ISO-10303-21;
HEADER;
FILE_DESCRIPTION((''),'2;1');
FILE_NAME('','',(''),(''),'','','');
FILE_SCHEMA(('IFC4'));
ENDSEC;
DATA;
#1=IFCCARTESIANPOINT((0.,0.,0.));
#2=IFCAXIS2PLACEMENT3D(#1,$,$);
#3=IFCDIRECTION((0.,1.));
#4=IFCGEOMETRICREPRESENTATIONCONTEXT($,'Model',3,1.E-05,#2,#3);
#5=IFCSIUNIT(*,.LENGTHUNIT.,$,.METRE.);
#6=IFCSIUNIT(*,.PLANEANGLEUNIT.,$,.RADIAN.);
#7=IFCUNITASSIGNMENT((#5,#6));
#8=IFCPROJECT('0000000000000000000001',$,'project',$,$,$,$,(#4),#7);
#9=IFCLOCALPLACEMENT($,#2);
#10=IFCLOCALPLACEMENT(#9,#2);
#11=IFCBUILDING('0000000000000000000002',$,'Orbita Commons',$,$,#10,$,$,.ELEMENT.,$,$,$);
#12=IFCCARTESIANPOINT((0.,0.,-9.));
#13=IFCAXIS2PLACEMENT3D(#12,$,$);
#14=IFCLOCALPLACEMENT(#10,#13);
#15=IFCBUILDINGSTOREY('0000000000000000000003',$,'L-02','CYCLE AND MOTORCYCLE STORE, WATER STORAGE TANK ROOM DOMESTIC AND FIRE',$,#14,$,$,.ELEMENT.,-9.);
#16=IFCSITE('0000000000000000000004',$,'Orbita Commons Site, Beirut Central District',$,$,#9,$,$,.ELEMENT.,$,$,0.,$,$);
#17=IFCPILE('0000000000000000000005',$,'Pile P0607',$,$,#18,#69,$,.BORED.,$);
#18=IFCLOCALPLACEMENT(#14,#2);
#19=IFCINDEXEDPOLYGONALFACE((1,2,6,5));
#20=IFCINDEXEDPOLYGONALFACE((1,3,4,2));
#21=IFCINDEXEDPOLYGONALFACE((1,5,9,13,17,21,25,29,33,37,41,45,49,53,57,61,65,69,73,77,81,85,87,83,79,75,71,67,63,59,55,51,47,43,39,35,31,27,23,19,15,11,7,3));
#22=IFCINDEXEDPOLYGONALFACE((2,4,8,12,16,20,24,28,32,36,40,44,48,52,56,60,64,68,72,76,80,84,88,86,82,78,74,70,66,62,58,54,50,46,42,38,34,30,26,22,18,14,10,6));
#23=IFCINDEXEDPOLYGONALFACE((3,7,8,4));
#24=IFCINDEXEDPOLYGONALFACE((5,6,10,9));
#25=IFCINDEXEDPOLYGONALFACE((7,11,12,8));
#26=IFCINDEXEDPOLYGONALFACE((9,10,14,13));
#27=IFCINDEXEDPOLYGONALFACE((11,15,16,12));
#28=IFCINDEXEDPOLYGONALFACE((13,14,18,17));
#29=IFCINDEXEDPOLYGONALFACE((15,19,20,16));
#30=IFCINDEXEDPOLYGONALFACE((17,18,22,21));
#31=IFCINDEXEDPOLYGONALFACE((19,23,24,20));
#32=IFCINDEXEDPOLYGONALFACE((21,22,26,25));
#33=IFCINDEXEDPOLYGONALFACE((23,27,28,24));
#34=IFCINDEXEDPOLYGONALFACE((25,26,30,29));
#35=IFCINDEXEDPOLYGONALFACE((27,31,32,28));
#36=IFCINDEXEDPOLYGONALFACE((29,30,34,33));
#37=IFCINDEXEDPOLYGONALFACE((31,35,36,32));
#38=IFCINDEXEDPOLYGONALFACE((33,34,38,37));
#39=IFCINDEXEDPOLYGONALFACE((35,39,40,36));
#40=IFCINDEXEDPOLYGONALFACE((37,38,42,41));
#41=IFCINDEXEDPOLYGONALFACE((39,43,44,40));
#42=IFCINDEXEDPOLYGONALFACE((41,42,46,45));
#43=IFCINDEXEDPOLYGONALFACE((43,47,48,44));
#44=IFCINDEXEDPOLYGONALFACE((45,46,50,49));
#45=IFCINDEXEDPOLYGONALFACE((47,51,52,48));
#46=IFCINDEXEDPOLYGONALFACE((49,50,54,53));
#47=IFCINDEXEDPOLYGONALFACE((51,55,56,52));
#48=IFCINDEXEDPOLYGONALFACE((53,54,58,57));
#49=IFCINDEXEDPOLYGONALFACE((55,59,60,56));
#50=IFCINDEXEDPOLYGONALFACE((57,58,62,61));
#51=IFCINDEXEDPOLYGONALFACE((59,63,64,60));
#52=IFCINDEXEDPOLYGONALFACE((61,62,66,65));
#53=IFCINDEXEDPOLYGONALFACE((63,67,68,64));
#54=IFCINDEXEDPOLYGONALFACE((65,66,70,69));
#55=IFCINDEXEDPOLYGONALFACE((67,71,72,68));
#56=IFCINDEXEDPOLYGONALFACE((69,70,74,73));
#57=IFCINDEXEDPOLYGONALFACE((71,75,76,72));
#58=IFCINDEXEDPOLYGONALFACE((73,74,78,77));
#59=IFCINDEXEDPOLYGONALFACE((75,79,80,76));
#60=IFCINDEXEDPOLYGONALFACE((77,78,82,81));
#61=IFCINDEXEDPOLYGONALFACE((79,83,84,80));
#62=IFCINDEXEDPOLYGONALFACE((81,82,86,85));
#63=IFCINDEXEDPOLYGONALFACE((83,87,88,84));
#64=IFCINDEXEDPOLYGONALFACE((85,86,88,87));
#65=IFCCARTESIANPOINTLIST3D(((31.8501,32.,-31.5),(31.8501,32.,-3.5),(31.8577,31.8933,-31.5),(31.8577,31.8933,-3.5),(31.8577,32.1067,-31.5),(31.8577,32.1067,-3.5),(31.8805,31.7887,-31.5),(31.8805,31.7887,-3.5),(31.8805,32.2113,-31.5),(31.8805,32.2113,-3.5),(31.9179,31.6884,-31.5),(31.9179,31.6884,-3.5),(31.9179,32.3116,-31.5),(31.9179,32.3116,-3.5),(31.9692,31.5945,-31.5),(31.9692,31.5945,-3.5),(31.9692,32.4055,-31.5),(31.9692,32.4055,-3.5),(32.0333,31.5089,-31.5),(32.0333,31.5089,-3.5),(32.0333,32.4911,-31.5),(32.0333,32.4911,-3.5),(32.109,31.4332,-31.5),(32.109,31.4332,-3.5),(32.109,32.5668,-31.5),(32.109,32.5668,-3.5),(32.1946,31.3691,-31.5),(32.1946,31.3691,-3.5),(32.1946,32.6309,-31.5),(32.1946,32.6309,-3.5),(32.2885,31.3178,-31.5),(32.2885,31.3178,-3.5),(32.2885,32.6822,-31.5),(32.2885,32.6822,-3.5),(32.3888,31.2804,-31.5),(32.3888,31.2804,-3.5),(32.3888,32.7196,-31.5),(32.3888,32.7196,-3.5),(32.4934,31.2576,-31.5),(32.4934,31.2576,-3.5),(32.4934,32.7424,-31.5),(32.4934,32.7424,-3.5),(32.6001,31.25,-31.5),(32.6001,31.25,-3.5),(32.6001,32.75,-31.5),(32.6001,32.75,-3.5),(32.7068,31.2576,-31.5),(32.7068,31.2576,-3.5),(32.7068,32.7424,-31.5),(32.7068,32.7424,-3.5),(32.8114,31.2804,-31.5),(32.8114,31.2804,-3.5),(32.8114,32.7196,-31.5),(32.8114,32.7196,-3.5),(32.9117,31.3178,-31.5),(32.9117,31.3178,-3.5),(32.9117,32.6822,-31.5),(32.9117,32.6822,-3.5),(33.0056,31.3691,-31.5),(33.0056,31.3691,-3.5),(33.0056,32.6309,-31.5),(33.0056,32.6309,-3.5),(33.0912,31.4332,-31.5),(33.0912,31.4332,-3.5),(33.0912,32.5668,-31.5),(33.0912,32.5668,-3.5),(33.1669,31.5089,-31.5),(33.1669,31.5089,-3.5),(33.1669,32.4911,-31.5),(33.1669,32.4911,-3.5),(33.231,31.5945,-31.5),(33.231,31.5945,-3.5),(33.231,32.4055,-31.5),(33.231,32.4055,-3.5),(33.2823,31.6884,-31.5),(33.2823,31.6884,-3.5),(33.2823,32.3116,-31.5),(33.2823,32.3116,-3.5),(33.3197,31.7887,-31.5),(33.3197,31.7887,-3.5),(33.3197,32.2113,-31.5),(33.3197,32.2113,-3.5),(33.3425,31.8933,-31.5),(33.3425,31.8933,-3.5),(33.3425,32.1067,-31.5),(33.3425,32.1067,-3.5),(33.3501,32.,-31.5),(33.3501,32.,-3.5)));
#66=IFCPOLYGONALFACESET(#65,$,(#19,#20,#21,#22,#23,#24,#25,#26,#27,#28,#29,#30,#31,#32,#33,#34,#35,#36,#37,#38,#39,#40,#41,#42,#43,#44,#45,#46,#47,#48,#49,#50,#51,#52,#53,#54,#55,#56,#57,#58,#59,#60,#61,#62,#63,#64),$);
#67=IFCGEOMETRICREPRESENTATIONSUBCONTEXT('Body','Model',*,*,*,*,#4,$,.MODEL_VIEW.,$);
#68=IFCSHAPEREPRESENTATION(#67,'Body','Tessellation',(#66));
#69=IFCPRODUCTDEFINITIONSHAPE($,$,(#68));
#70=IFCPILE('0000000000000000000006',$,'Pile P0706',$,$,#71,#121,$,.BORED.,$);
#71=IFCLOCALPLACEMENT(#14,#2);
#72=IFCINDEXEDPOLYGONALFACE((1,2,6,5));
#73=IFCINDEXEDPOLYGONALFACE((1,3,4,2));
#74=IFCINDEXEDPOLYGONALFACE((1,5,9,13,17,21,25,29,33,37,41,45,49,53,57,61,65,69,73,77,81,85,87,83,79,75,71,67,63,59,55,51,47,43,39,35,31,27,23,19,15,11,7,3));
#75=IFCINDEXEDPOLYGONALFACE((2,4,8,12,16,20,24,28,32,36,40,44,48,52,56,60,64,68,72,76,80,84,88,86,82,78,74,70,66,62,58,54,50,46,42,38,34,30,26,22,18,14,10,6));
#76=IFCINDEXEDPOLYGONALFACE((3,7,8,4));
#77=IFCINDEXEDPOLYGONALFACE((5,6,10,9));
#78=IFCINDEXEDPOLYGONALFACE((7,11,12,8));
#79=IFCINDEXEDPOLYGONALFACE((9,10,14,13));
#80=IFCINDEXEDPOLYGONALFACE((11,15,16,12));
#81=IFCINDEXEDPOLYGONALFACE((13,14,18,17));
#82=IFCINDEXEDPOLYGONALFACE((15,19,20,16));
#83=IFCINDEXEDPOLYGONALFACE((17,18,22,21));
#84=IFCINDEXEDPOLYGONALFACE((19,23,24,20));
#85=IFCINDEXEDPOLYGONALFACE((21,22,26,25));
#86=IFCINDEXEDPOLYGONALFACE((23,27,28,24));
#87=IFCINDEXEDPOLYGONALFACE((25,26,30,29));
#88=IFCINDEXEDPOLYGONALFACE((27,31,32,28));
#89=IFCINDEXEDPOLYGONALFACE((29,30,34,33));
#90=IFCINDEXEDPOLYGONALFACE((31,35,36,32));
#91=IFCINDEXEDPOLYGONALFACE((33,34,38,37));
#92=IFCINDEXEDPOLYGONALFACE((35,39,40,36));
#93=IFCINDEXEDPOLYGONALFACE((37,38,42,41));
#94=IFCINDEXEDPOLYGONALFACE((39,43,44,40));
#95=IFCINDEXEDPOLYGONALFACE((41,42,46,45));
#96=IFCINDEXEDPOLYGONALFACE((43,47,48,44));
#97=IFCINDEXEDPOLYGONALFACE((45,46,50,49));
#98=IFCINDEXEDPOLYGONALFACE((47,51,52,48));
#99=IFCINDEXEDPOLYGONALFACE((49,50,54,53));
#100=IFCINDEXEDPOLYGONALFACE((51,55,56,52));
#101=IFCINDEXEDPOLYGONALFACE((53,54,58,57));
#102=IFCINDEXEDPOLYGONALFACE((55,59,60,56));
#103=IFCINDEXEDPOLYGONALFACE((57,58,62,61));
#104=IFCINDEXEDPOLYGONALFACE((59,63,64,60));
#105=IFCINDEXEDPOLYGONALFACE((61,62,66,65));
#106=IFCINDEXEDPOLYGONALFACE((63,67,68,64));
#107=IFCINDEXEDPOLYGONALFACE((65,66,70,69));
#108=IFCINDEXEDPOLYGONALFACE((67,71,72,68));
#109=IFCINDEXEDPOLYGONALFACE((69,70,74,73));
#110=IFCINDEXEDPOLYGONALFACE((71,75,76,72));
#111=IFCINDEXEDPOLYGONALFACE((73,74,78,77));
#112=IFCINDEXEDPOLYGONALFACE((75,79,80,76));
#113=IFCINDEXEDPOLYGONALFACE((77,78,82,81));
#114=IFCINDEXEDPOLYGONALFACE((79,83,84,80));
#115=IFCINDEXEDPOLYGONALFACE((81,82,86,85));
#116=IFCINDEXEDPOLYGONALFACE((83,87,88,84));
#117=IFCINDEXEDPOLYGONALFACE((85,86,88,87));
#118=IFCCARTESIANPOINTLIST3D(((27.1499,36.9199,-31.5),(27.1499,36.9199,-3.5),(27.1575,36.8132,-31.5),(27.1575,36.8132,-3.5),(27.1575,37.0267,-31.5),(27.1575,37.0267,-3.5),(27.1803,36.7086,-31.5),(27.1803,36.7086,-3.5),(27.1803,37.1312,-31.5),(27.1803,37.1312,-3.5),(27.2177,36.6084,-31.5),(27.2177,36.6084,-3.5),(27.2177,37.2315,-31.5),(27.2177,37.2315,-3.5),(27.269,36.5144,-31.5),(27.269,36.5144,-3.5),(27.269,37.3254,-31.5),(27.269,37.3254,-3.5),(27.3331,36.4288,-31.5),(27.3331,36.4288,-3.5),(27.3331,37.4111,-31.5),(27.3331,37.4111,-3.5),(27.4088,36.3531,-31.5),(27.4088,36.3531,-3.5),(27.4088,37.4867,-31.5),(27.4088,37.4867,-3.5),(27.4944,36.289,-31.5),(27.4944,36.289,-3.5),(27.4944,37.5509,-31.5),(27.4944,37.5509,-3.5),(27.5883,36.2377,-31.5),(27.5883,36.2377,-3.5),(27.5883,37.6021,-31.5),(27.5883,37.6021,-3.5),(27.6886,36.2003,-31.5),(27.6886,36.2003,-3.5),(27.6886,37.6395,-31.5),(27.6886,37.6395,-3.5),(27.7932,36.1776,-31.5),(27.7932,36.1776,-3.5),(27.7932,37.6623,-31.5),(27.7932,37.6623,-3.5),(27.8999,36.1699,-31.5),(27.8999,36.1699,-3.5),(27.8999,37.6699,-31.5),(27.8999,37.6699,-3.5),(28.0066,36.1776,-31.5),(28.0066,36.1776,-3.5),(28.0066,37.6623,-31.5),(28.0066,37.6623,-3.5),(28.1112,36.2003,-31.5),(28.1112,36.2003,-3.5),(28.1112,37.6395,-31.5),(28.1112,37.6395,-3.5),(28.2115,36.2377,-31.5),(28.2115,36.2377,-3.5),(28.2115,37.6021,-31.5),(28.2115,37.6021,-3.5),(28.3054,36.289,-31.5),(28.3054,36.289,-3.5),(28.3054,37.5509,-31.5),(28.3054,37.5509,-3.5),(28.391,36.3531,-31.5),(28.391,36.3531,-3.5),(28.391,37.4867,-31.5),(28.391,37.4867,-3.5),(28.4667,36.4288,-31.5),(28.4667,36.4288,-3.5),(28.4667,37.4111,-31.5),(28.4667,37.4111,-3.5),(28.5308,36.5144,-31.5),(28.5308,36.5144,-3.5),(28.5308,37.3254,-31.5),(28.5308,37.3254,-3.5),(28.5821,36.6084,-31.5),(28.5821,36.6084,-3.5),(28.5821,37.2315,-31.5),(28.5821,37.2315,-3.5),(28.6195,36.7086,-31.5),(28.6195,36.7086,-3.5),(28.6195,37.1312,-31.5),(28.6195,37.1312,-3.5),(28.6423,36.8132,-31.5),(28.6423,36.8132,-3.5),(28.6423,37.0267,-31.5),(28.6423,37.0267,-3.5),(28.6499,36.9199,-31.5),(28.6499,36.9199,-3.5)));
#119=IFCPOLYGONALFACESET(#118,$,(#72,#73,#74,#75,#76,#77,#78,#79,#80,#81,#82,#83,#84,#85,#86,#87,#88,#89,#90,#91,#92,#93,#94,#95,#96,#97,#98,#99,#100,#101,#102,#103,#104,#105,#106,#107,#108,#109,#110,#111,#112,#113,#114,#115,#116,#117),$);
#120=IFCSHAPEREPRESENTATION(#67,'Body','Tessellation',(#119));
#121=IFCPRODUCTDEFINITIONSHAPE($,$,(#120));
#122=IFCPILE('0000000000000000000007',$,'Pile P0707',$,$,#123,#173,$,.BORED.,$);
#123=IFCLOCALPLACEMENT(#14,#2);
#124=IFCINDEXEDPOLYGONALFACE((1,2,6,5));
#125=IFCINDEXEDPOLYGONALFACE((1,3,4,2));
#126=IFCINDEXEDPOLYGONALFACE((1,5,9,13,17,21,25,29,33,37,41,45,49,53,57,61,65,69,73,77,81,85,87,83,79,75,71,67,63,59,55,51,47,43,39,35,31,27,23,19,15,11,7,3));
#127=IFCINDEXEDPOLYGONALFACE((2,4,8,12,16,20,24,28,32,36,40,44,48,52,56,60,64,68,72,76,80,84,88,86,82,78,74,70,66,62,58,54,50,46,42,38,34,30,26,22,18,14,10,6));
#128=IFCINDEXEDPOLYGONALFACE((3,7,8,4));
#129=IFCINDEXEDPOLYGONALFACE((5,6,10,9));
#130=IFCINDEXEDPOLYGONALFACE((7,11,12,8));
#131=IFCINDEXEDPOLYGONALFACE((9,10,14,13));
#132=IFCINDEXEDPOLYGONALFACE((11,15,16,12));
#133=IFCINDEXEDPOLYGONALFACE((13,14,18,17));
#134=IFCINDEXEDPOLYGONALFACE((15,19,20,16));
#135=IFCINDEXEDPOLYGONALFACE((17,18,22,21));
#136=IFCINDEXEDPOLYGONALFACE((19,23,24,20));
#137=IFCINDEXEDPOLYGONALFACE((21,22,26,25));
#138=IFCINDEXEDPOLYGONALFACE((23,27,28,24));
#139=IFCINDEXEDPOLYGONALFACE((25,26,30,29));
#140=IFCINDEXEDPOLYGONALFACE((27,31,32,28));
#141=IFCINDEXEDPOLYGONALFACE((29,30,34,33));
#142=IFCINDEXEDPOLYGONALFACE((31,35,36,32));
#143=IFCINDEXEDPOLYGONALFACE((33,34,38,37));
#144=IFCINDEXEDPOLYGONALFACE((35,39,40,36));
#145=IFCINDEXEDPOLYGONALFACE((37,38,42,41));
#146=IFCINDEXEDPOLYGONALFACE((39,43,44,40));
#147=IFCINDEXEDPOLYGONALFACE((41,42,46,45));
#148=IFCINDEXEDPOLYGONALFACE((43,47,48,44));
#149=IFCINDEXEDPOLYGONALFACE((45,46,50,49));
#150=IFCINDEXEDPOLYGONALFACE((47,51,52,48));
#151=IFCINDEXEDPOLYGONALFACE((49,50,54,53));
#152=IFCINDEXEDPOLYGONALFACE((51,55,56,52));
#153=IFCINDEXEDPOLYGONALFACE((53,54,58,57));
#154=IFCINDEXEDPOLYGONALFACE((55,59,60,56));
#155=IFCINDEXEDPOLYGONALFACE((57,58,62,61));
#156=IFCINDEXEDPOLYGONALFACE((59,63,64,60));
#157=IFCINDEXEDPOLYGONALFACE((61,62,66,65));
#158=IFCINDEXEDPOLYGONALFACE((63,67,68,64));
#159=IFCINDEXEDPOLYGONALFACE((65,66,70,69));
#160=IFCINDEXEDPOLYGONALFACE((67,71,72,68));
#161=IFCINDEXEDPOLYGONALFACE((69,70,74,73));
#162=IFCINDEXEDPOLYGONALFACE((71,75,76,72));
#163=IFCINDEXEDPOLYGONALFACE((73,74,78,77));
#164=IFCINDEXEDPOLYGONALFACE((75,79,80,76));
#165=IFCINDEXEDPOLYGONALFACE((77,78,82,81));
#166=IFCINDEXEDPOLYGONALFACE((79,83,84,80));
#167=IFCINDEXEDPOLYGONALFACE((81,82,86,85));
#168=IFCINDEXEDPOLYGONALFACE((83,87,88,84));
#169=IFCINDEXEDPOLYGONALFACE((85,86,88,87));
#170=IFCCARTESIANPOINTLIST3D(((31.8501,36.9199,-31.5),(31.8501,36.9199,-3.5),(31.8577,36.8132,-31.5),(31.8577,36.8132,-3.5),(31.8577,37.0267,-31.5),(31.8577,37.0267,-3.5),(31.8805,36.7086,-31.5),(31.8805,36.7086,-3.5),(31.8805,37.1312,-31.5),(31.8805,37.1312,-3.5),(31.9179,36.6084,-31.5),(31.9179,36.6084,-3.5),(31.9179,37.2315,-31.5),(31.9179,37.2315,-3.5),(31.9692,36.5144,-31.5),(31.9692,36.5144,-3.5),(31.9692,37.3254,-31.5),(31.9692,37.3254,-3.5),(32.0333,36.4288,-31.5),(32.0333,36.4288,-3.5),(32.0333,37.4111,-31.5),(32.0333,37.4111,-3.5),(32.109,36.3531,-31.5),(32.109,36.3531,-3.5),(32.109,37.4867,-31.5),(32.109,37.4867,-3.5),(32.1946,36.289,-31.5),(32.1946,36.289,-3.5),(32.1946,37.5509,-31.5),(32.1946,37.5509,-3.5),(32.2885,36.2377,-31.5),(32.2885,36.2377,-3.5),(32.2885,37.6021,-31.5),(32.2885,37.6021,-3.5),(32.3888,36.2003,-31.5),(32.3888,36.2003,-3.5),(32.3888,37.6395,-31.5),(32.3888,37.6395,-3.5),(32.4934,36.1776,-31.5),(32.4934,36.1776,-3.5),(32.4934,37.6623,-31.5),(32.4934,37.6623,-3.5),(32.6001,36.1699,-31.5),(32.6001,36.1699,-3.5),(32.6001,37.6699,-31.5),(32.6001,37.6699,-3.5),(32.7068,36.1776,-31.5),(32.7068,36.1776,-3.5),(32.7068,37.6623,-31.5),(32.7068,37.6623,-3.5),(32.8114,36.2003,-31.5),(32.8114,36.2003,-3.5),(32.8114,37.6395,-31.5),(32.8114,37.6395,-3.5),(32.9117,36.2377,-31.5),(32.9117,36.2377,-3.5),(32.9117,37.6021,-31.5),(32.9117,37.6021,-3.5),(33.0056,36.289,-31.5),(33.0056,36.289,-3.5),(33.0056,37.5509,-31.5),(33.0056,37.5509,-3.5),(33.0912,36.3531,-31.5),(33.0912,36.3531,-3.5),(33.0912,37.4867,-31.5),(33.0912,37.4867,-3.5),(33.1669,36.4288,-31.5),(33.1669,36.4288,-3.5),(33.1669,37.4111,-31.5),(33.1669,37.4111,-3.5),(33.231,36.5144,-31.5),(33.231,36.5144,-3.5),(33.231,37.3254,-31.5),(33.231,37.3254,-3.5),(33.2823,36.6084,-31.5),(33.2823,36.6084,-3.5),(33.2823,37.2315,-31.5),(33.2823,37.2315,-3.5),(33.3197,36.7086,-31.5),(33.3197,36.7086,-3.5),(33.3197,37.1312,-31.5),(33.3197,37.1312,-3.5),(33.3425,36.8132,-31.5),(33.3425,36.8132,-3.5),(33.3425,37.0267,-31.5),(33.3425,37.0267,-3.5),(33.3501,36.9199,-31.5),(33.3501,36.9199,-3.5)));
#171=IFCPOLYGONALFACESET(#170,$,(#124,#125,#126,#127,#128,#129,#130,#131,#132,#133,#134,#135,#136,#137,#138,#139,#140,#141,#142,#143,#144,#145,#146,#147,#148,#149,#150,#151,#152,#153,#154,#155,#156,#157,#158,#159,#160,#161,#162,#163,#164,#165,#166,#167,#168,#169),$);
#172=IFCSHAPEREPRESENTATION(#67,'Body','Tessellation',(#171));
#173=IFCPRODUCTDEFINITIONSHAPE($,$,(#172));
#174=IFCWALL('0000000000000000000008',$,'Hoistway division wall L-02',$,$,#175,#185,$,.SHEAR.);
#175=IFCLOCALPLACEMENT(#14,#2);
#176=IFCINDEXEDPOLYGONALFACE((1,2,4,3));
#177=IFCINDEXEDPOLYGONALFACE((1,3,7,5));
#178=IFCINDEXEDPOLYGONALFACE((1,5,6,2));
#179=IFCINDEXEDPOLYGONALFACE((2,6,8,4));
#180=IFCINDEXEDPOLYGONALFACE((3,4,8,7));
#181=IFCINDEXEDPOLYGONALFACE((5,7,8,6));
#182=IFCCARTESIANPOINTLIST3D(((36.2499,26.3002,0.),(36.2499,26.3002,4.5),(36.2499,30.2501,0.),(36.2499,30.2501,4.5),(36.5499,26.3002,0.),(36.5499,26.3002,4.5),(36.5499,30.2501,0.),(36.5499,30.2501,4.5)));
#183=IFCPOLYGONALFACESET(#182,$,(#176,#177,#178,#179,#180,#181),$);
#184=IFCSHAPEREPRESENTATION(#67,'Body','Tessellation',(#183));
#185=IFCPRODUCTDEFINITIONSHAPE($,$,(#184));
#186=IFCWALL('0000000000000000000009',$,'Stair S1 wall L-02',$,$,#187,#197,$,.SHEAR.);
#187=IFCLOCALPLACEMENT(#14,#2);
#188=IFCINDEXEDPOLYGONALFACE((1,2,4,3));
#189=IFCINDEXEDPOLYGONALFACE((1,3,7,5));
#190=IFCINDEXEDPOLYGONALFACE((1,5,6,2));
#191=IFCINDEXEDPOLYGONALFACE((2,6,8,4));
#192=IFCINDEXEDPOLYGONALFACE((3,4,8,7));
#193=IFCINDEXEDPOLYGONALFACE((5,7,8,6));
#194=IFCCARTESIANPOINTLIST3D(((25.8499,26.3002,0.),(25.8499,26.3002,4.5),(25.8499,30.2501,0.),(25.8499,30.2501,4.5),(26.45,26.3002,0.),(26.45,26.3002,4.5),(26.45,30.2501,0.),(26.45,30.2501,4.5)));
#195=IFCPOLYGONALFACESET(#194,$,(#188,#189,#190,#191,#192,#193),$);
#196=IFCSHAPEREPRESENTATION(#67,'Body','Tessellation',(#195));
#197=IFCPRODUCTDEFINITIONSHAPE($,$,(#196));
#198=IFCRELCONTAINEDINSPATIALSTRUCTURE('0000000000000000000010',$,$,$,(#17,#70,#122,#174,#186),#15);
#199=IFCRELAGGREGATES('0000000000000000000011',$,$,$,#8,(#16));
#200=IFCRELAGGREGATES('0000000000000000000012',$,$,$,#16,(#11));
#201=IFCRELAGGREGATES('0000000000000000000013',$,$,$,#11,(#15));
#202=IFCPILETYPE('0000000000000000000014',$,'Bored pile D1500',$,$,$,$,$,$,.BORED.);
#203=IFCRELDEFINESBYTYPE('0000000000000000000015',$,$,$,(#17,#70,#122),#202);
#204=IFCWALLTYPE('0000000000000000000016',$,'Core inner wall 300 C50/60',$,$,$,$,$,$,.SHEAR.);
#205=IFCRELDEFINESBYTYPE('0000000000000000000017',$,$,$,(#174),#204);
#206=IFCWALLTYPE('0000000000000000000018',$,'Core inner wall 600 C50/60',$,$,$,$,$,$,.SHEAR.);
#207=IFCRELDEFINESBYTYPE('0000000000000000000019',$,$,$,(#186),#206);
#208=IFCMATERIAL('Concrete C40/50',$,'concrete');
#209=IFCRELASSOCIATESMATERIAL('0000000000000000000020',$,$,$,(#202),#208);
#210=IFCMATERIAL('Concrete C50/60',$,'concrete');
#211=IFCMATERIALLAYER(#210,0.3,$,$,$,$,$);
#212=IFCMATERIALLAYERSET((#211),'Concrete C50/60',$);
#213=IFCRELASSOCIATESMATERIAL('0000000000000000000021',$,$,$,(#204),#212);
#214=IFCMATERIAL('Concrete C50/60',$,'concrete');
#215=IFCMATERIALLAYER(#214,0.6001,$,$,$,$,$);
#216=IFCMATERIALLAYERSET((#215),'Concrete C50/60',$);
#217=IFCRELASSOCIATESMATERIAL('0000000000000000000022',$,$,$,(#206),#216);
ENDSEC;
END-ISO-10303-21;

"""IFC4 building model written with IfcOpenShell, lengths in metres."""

from ifc_helpers import new_model, si_unit, direction, frame, frame_2d, origin, origin_2d, place, context, subcontext, project, spatial, rectangle, circle, extrude, material, layer, layer_set, material_profile, profile_set, type_object, element, save


model = new_model("IFC4")

# Units and contexts
model_context = context("Model", 3, precision=1e-05, world=origin(), true_north=direction((0.0, 1.0)))
body_context = subcontext(model_context, "Body", "Model", "MODEL_VIEW")
ifc_project = project(units=[si_unit("LENGTHUNIT", "METRE"), si_unit("PLANEANGLEUNIT", "RADIAN")], contexts=[model_context])

# Site, building, storey
site_placement = place(None, origin())
site = spatial("IfcSite", under=ifc_project, at=site_placement, Name="Orbita Commons Site, Beirut Central District", CompositionType="ELEMENT", RefElevation=0.0)
building_placement = place(site_placement, origin())
building = spatial("IfcBuilding", under=site, at=building_placement, Name="Orbita Commons", CompositionType="ELEMENT")
storey_placement = place(building_placement, frame((0.0, 0.0, -9.0)))
storey = spatial("IfcBuildingStorey", under=building, at=storey_placement, Name="L-02", Description="CYCLE AND MOTORCYCLE STORE, WATER STORAGE TANK ROOM DOMESTIC AND FIRE", CompositionType="ELEMENT", Elevation=-9.0)

# Piles
ifc_material_1 = material(Name="Concrete C40/50", Category="concrete")
ifc_material_profile = material_profile(ifc_material_1, circle(Radius=0.75, at=origin_2d()), Name="RC D1500")
ifc_profile_set = profile_set([ifc_material_profile], Name="Concrete C40/50")
pile_type = type_object("IfcPileType", Name="Bored pile D1500", PredefinedType="BORED", material=ifc_profile_set)
for number, where, z_axis, x_axis, name in (
    (1, (32.6001, 32.0, -3.5), (0.0, 0.0, -1.0), (1.0, 0.0, 0.0), "Pile P0607"),
    (2, (27.8999, 36.9199, -3.5), (0.0, 0.0, -1.0), (1.0, 0.0, 0.0), "Pile P0706"),
    (3, (32.6001, 36.9199, -3.5), (0.0, 0.0, -1.0), (1.0, 0.0, 0.0), "Pile P0707"),
):
    element("IfcPile", number, at=place(storey_placement, frame(where, z_axis=z_axis, x_axis=x_axis)), inside=storey, type_object=pile_type, Name=name, PredefinedType="BORED", context=body_context, shape_type="SweptSolid", body=[
        extrude(circle(Radius=0.75, at=origin_2d()), origin(), (0.0, 0.0, 1.0), 28.0),
    ])

# Walls
ifc_material_2 = material(Name="Concrete C50/60", Category="concrete")
ifc_layer_1 = layer(ifc_material_2, 0.3)
ifc_layer_set_1 = layer_set([ifc_layer_1], Name="Concrete C50/60")
wall_type_1 = type_object("IfcWallType", Name="Core inner wall 300 C50/60", PredefinedType="SHEAR", material=ifc_layer_set_1)
wall_1_placement = place(storey_placement, frame((36.3999, 26.3, 0.0), z_axis=(0.0, 0.0, 1.0), x_axis=(0.0, 1.0, 0.0)))
element("IfcWall", 4, at=wall_1_placement, inside=storey, type_object=wall_type_1, Name="Hoistway division wall L-02", PredefinedType="SHEAR", context=body_context, shape_type="SweptSolid", body=[
    extrude(rectangle(XDim=3.95, YDim=0.3, at=frame_2d((1.9751, 0.0))), origin(), (0.0, 0.0, 1.0), 4.5),
])
ifc_material_3 = material(Name="Concrete C50/60", Category="concrete")
ifc_layer_2 = layer(ifc_material_3, 0.6001)
ifc_layer_set_2 = layer_set([ifc_layer_2], Name="Concrete C50/60")
wall_type_2 = type_object("IfcWallType", Name="Core inner wall 600 C50/60", PredefinedType="SHEAR", material=ifc_layer_set_2)
wall_2_placement = place(storey_placement, frame((26.1499, 26.3, 0.0), z_axis=(0.0, 0.0, 1.0), x_axis=(0.0, 1.0, 0.0)))
element("IfcWall", 5, at=wall_2_placement, inside=storey, type_object=wall_type_2, Name="Stair S1 wall L-02", PredefinedType="SHEAR", context=body_context, shape_type="SweptSolid", body=[
    extrude(rectangle(XDim=3.95, YDim=0.6001, at=frame_2d((1.9751, 0.0))), origin(), (0.0, 0.0, 1.0), 4.5),
])

save(model, "model.ifc")
